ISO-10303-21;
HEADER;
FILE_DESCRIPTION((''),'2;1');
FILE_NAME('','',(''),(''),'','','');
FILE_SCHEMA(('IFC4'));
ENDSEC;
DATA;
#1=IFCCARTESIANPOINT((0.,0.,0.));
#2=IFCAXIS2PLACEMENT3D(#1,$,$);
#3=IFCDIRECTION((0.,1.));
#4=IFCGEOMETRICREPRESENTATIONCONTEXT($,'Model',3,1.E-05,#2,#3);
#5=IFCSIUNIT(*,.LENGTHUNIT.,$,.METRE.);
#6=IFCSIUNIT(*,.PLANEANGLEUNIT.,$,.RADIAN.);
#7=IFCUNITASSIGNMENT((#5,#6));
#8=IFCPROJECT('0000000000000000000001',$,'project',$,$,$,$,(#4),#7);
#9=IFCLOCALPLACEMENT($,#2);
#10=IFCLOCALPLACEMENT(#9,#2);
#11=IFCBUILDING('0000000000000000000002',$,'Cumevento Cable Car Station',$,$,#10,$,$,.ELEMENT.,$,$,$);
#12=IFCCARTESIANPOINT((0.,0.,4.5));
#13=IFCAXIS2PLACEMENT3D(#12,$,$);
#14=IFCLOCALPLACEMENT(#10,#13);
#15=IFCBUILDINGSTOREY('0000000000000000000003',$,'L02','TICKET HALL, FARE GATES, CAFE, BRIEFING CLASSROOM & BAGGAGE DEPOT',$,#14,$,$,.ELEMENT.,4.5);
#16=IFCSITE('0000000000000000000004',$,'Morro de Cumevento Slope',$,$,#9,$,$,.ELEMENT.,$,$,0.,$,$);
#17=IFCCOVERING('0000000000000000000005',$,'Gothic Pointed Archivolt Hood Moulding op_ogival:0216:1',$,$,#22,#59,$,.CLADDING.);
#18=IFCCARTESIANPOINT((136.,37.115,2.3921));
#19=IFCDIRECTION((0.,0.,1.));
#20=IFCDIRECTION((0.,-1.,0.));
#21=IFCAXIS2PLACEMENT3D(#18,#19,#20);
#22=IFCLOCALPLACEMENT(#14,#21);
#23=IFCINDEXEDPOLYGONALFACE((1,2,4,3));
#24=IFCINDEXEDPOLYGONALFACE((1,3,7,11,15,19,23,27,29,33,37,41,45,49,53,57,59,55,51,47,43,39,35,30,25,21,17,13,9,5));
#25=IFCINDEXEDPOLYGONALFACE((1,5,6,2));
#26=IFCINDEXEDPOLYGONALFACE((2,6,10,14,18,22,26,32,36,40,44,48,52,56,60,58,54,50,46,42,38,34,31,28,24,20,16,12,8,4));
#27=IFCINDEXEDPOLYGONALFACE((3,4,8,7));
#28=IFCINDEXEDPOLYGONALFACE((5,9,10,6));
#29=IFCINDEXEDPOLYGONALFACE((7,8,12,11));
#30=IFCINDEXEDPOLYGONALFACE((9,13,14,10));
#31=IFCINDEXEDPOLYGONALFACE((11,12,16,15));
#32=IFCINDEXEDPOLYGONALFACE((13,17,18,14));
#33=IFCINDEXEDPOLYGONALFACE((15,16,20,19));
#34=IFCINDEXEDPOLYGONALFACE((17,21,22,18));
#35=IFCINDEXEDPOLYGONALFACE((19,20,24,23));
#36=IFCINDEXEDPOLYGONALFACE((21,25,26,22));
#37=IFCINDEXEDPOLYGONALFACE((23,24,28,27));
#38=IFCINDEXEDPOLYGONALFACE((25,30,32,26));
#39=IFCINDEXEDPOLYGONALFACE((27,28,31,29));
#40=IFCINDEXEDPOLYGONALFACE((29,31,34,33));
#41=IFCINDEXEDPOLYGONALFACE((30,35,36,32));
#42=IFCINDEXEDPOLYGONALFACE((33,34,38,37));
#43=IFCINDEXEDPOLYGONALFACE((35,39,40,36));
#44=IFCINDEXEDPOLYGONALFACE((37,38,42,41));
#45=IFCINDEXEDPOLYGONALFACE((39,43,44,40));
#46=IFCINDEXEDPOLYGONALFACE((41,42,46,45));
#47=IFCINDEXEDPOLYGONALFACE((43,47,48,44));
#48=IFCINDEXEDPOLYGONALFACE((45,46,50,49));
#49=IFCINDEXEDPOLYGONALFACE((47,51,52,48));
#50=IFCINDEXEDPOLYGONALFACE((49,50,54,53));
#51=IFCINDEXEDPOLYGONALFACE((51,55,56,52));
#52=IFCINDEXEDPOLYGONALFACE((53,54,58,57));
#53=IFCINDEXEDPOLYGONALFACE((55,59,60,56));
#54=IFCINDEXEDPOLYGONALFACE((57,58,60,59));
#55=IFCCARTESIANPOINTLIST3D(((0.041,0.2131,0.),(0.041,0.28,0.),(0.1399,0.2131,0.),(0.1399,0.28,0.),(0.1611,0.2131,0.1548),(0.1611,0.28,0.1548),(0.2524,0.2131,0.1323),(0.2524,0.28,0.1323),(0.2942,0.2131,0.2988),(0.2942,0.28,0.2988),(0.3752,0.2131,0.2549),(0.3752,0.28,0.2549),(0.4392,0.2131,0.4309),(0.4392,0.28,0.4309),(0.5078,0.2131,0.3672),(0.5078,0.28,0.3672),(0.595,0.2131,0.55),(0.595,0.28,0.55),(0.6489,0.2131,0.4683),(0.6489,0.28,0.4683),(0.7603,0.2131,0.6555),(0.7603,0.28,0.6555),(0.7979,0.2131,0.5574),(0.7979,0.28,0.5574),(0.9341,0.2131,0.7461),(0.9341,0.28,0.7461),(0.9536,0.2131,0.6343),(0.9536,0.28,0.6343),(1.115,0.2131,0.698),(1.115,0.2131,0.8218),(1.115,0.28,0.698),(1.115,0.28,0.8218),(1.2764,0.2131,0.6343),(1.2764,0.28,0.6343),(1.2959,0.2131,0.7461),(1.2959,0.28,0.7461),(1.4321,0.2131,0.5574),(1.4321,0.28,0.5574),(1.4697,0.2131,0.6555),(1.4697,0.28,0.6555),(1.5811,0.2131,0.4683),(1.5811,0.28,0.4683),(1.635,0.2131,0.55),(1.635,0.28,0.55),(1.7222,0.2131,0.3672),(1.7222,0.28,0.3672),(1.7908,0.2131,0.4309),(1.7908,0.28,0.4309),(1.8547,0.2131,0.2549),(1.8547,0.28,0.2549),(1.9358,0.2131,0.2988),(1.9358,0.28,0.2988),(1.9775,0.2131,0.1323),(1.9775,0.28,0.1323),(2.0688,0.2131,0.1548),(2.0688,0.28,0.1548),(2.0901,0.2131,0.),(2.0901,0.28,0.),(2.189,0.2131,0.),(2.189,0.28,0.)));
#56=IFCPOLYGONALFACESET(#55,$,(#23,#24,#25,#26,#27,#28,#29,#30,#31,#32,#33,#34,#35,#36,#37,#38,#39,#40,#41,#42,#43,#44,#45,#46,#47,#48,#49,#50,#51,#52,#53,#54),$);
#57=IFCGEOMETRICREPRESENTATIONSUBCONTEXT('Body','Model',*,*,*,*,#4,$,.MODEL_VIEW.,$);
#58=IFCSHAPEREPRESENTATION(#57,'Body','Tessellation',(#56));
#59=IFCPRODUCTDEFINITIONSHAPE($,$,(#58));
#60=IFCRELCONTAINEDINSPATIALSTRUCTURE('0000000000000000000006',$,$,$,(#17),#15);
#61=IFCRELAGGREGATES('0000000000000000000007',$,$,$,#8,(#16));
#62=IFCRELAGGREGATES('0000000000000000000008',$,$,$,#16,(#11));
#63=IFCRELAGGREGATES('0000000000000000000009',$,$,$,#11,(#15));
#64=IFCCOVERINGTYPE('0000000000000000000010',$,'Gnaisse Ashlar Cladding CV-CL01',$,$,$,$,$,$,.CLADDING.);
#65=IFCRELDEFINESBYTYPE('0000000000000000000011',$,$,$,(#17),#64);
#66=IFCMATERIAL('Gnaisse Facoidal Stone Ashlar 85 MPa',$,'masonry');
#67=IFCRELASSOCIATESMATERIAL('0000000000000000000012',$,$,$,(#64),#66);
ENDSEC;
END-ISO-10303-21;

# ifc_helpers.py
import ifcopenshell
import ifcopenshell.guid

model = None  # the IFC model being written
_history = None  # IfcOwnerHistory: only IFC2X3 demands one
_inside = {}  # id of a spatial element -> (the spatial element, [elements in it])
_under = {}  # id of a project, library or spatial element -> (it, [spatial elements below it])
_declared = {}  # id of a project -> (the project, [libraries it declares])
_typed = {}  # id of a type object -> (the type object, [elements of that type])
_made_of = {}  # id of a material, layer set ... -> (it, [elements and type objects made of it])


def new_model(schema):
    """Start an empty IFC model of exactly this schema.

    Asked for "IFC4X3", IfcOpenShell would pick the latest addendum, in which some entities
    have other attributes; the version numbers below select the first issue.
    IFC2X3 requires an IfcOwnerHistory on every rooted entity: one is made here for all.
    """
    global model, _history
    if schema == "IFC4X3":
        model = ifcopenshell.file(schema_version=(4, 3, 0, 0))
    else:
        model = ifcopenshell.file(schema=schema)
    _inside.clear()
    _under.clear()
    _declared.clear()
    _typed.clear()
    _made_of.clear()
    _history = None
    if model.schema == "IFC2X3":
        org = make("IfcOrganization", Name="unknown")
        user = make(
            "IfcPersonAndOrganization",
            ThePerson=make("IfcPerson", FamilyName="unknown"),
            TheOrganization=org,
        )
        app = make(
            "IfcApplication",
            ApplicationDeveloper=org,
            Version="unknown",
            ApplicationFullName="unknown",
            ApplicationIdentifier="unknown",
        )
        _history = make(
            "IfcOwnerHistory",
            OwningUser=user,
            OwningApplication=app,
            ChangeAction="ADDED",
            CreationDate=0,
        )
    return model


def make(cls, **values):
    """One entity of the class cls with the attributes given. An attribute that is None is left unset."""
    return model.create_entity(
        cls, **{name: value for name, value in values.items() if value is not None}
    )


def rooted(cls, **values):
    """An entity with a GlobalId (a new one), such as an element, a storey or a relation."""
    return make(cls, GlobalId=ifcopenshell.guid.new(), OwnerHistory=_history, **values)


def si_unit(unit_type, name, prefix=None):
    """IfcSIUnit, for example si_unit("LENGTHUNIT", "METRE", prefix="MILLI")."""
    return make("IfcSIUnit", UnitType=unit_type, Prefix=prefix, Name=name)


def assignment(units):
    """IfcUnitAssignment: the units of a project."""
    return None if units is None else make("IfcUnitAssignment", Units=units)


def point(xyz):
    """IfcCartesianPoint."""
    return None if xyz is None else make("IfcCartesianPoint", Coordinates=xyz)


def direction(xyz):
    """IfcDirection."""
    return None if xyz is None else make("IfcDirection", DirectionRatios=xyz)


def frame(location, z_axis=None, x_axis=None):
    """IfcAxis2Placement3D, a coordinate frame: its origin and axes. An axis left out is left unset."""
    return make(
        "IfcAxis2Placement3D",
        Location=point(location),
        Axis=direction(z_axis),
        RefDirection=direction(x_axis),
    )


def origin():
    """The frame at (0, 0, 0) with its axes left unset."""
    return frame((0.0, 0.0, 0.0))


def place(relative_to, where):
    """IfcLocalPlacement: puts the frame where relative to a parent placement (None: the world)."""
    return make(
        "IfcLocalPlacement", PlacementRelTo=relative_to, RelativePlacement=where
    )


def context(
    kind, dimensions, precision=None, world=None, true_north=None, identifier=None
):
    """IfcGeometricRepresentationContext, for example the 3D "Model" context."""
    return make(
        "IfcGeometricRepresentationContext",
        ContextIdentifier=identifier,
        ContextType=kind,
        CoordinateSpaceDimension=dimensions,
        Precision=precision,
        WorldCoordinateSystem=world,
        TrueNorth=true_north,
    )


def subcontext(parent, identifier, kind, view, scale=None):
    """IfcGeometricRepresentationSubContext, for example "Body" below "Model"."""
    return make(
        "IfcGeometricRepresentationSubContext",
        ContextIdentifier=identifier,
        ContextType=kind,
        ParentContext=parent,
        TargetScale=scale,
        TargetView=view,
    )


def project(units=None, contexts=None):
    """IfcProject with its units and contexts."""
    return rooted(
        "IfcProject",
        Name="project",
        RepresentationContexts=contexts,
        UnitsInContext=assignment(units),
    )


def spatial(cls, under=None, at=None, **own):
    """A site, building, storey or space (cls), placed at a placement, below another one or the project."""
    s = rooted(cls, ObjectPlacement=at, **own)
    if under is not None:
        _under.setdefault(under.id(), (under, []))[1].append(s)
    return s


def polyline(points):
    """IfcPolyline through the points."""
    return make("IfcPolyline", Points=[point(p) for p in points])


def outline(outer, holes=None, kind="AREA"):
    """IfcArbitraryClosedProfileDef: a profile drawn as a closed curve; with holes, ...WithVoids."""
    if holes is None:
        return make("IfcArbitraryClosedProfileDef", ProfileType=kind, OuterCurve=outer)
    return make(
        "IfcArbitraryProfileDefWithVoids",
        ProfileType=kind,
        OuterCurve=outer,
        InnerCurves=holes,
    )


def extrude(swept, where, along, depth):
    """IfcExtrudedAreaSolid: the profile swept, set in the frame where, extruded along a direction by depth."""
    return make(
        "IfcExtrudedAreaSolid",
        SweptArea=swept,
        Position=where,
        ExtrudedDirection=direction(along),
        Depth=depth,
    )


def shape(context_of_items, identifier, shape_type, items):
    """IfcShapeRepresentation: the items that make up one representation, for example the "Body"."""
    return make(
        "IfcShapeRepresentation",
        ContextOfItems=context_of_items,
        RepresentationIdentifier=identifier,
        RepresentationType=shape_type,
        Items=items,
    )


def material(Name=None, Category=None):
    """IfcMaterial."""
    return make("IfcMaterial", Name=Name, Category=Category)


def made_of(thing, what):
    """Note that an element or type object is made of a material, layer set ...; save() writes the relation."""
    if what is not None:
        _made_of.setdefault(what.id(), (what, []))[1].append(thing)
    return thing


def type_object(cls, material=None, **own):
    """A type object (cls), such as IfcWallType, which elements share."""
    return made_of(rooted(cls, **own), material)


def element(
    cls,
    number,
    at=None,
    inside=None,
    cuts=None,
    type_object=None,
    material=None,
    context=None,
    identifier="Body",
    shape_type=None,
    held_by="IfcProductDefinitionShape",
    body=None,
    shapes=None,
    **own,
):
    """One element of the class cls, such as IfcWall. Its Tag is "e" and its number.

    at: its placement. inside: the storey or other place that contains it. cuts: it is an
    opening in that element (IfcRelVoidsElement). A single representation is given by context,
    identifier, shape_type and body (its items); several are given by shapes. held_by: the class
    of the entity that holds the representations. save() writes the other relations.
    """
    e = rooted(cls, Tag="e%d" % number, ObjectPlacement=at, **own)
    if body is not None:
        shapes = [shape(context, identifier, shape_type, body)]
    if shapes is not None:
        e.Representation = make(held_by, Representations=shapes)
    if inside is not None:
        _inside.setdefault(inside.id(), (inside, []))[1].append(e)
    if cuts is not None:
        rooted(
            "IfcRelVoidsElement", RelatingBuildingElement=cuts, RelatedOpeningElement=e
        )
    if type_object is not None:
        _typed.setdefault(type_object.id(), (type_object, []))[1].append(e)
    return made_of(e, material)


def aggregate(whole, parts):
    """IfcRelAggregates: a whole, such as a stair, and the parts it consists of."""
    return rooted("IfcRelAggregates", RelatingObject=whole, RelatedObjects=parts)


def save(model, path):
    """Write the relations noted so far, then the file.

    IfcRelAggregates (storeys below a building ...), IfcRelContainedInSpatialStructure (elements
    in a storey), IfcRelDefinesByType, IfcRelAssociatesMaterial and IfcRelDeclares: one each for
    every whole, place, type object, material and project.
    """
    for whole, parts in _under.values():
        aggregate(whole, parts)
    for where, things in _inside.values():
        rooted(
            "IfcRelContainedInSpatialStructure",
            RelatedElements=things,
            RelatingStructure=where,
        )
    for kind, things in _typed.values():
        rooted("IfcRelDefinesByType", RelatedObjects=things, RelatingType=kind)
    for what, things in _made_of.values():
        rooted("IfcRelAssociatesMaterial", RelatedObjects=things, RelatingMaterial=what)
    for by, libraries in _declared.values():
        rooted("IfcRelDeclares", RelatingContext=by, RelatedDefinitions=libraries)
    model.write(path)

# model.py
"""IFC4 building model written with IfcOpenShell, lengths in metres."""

from ifc_helpers import new_model, si_unit, direction, frame, origin, place, context, subcontext, project, spatial, polyline, outline, extrude, material, type_object, element, save


model = new_model("IFC4")

# Units and contexts
model_context = context("Model", 3, precision=1e-05, world=origin(), true_north=direction((0.0, 1.0)))
body_context = subcontext(model_context, "Body", "Model", "MODEL_VIEW")
ifc_project = project(units=[si_unit("LENGTHUNIT", "METRE"), si_unit("PLANEANGLEUNIT", "RADIAN")], contexts=[model_context])

# Site, building, storey
site_placement = place(None, origin())
site = spatial("IfcSite", under=ifc_project, at=site_placement, Name="Morro de Cumevento Slope", CompositionType="ELEMENT", RefElevation=0.0)
building_placement = place(site_placement, origin())
building = spatial("IfcBuilding", under=site, at=building_placement, Name="Cumevento Cable Car Station", CompositionType="ELEMENT")
storey_placement = place(building_placement, frame((0.0, 0.0, 4.5)))
storey = spatial("IfcBuildingStorey", under=building, at=storey_placement, Name="L02", Description="TICKET HALL, FARE GATES, CAFE, BRIEFING CLASSROOM & BAGGAGE DEPOT", CompositionType="ELEMENT", Elevation=4.5)

# Covering
ifc_material_1 = material(Name="Gnaisse Facoidal Stone Ashlar 85 MPa", Category="masonry")
covering_type = type_object("IfcCoveringType", Name="Gnaisse Ashlar Cladding CV-CL01", PredefinedType="CLADDING", material=ifc_material_1)
covering_1_placement = place(storey_placement, frame((136.0, 37.115, 2.3921), z_axis=(0.0, 0.0, 1.0), x_axis=(0.0, -1.0, 0.0)))
element("IfcCovering", 1, at=covering_1_placement, inside=storey, type_object=covering_type, Name="Gothic Pointed Archivolt Hood Moulding op_ogival:0216:1", PredefinedType="CLADDING", context=body_context, shape_type="SweptSolid", body=[
    extrude(outline(polyline([(0.1399, 0.0), (0.2524, 0.1323), (0.3752, 0.2549), (0.5078, 0.3672), (0.6489, 0.4683), (0.7979, 0.5574), (0.9536, 0.6343), (1.115, 0.698), (1.2764, 0.6343), (1.4321, 0.5574), (1.5811, 0.4683), (1.7222, 0.3672), (1.8547, 0.2549), (1.9775, 0.1323), (2.0901, 0.0), (2.189, 0.0), (2.0688, 0.1548), (1.9358, 0.2988), (1.7908, 0.4309), (1.635, 0.55), (1.4697, 0.6555), (1.2959, 0.7461), (1.115, 0.8218), (0.9341, 0.7461), (0.7603, 0.6555), (0.595, 0.55), (0.4392, 0.4309), (0.2942, 0.2988), (0.1611, 0.1548), (0.041, 0.0), (0.1399, 0.0)])), frame((0.0, 0.28, 0.0), z_axis=(0.0, -1.0, 0.0), x_axis=(1.0, 0.0, 0.0)), (0.0, 0.0, 1.0), 0.0669),
])

save(model, "model.ifc")
